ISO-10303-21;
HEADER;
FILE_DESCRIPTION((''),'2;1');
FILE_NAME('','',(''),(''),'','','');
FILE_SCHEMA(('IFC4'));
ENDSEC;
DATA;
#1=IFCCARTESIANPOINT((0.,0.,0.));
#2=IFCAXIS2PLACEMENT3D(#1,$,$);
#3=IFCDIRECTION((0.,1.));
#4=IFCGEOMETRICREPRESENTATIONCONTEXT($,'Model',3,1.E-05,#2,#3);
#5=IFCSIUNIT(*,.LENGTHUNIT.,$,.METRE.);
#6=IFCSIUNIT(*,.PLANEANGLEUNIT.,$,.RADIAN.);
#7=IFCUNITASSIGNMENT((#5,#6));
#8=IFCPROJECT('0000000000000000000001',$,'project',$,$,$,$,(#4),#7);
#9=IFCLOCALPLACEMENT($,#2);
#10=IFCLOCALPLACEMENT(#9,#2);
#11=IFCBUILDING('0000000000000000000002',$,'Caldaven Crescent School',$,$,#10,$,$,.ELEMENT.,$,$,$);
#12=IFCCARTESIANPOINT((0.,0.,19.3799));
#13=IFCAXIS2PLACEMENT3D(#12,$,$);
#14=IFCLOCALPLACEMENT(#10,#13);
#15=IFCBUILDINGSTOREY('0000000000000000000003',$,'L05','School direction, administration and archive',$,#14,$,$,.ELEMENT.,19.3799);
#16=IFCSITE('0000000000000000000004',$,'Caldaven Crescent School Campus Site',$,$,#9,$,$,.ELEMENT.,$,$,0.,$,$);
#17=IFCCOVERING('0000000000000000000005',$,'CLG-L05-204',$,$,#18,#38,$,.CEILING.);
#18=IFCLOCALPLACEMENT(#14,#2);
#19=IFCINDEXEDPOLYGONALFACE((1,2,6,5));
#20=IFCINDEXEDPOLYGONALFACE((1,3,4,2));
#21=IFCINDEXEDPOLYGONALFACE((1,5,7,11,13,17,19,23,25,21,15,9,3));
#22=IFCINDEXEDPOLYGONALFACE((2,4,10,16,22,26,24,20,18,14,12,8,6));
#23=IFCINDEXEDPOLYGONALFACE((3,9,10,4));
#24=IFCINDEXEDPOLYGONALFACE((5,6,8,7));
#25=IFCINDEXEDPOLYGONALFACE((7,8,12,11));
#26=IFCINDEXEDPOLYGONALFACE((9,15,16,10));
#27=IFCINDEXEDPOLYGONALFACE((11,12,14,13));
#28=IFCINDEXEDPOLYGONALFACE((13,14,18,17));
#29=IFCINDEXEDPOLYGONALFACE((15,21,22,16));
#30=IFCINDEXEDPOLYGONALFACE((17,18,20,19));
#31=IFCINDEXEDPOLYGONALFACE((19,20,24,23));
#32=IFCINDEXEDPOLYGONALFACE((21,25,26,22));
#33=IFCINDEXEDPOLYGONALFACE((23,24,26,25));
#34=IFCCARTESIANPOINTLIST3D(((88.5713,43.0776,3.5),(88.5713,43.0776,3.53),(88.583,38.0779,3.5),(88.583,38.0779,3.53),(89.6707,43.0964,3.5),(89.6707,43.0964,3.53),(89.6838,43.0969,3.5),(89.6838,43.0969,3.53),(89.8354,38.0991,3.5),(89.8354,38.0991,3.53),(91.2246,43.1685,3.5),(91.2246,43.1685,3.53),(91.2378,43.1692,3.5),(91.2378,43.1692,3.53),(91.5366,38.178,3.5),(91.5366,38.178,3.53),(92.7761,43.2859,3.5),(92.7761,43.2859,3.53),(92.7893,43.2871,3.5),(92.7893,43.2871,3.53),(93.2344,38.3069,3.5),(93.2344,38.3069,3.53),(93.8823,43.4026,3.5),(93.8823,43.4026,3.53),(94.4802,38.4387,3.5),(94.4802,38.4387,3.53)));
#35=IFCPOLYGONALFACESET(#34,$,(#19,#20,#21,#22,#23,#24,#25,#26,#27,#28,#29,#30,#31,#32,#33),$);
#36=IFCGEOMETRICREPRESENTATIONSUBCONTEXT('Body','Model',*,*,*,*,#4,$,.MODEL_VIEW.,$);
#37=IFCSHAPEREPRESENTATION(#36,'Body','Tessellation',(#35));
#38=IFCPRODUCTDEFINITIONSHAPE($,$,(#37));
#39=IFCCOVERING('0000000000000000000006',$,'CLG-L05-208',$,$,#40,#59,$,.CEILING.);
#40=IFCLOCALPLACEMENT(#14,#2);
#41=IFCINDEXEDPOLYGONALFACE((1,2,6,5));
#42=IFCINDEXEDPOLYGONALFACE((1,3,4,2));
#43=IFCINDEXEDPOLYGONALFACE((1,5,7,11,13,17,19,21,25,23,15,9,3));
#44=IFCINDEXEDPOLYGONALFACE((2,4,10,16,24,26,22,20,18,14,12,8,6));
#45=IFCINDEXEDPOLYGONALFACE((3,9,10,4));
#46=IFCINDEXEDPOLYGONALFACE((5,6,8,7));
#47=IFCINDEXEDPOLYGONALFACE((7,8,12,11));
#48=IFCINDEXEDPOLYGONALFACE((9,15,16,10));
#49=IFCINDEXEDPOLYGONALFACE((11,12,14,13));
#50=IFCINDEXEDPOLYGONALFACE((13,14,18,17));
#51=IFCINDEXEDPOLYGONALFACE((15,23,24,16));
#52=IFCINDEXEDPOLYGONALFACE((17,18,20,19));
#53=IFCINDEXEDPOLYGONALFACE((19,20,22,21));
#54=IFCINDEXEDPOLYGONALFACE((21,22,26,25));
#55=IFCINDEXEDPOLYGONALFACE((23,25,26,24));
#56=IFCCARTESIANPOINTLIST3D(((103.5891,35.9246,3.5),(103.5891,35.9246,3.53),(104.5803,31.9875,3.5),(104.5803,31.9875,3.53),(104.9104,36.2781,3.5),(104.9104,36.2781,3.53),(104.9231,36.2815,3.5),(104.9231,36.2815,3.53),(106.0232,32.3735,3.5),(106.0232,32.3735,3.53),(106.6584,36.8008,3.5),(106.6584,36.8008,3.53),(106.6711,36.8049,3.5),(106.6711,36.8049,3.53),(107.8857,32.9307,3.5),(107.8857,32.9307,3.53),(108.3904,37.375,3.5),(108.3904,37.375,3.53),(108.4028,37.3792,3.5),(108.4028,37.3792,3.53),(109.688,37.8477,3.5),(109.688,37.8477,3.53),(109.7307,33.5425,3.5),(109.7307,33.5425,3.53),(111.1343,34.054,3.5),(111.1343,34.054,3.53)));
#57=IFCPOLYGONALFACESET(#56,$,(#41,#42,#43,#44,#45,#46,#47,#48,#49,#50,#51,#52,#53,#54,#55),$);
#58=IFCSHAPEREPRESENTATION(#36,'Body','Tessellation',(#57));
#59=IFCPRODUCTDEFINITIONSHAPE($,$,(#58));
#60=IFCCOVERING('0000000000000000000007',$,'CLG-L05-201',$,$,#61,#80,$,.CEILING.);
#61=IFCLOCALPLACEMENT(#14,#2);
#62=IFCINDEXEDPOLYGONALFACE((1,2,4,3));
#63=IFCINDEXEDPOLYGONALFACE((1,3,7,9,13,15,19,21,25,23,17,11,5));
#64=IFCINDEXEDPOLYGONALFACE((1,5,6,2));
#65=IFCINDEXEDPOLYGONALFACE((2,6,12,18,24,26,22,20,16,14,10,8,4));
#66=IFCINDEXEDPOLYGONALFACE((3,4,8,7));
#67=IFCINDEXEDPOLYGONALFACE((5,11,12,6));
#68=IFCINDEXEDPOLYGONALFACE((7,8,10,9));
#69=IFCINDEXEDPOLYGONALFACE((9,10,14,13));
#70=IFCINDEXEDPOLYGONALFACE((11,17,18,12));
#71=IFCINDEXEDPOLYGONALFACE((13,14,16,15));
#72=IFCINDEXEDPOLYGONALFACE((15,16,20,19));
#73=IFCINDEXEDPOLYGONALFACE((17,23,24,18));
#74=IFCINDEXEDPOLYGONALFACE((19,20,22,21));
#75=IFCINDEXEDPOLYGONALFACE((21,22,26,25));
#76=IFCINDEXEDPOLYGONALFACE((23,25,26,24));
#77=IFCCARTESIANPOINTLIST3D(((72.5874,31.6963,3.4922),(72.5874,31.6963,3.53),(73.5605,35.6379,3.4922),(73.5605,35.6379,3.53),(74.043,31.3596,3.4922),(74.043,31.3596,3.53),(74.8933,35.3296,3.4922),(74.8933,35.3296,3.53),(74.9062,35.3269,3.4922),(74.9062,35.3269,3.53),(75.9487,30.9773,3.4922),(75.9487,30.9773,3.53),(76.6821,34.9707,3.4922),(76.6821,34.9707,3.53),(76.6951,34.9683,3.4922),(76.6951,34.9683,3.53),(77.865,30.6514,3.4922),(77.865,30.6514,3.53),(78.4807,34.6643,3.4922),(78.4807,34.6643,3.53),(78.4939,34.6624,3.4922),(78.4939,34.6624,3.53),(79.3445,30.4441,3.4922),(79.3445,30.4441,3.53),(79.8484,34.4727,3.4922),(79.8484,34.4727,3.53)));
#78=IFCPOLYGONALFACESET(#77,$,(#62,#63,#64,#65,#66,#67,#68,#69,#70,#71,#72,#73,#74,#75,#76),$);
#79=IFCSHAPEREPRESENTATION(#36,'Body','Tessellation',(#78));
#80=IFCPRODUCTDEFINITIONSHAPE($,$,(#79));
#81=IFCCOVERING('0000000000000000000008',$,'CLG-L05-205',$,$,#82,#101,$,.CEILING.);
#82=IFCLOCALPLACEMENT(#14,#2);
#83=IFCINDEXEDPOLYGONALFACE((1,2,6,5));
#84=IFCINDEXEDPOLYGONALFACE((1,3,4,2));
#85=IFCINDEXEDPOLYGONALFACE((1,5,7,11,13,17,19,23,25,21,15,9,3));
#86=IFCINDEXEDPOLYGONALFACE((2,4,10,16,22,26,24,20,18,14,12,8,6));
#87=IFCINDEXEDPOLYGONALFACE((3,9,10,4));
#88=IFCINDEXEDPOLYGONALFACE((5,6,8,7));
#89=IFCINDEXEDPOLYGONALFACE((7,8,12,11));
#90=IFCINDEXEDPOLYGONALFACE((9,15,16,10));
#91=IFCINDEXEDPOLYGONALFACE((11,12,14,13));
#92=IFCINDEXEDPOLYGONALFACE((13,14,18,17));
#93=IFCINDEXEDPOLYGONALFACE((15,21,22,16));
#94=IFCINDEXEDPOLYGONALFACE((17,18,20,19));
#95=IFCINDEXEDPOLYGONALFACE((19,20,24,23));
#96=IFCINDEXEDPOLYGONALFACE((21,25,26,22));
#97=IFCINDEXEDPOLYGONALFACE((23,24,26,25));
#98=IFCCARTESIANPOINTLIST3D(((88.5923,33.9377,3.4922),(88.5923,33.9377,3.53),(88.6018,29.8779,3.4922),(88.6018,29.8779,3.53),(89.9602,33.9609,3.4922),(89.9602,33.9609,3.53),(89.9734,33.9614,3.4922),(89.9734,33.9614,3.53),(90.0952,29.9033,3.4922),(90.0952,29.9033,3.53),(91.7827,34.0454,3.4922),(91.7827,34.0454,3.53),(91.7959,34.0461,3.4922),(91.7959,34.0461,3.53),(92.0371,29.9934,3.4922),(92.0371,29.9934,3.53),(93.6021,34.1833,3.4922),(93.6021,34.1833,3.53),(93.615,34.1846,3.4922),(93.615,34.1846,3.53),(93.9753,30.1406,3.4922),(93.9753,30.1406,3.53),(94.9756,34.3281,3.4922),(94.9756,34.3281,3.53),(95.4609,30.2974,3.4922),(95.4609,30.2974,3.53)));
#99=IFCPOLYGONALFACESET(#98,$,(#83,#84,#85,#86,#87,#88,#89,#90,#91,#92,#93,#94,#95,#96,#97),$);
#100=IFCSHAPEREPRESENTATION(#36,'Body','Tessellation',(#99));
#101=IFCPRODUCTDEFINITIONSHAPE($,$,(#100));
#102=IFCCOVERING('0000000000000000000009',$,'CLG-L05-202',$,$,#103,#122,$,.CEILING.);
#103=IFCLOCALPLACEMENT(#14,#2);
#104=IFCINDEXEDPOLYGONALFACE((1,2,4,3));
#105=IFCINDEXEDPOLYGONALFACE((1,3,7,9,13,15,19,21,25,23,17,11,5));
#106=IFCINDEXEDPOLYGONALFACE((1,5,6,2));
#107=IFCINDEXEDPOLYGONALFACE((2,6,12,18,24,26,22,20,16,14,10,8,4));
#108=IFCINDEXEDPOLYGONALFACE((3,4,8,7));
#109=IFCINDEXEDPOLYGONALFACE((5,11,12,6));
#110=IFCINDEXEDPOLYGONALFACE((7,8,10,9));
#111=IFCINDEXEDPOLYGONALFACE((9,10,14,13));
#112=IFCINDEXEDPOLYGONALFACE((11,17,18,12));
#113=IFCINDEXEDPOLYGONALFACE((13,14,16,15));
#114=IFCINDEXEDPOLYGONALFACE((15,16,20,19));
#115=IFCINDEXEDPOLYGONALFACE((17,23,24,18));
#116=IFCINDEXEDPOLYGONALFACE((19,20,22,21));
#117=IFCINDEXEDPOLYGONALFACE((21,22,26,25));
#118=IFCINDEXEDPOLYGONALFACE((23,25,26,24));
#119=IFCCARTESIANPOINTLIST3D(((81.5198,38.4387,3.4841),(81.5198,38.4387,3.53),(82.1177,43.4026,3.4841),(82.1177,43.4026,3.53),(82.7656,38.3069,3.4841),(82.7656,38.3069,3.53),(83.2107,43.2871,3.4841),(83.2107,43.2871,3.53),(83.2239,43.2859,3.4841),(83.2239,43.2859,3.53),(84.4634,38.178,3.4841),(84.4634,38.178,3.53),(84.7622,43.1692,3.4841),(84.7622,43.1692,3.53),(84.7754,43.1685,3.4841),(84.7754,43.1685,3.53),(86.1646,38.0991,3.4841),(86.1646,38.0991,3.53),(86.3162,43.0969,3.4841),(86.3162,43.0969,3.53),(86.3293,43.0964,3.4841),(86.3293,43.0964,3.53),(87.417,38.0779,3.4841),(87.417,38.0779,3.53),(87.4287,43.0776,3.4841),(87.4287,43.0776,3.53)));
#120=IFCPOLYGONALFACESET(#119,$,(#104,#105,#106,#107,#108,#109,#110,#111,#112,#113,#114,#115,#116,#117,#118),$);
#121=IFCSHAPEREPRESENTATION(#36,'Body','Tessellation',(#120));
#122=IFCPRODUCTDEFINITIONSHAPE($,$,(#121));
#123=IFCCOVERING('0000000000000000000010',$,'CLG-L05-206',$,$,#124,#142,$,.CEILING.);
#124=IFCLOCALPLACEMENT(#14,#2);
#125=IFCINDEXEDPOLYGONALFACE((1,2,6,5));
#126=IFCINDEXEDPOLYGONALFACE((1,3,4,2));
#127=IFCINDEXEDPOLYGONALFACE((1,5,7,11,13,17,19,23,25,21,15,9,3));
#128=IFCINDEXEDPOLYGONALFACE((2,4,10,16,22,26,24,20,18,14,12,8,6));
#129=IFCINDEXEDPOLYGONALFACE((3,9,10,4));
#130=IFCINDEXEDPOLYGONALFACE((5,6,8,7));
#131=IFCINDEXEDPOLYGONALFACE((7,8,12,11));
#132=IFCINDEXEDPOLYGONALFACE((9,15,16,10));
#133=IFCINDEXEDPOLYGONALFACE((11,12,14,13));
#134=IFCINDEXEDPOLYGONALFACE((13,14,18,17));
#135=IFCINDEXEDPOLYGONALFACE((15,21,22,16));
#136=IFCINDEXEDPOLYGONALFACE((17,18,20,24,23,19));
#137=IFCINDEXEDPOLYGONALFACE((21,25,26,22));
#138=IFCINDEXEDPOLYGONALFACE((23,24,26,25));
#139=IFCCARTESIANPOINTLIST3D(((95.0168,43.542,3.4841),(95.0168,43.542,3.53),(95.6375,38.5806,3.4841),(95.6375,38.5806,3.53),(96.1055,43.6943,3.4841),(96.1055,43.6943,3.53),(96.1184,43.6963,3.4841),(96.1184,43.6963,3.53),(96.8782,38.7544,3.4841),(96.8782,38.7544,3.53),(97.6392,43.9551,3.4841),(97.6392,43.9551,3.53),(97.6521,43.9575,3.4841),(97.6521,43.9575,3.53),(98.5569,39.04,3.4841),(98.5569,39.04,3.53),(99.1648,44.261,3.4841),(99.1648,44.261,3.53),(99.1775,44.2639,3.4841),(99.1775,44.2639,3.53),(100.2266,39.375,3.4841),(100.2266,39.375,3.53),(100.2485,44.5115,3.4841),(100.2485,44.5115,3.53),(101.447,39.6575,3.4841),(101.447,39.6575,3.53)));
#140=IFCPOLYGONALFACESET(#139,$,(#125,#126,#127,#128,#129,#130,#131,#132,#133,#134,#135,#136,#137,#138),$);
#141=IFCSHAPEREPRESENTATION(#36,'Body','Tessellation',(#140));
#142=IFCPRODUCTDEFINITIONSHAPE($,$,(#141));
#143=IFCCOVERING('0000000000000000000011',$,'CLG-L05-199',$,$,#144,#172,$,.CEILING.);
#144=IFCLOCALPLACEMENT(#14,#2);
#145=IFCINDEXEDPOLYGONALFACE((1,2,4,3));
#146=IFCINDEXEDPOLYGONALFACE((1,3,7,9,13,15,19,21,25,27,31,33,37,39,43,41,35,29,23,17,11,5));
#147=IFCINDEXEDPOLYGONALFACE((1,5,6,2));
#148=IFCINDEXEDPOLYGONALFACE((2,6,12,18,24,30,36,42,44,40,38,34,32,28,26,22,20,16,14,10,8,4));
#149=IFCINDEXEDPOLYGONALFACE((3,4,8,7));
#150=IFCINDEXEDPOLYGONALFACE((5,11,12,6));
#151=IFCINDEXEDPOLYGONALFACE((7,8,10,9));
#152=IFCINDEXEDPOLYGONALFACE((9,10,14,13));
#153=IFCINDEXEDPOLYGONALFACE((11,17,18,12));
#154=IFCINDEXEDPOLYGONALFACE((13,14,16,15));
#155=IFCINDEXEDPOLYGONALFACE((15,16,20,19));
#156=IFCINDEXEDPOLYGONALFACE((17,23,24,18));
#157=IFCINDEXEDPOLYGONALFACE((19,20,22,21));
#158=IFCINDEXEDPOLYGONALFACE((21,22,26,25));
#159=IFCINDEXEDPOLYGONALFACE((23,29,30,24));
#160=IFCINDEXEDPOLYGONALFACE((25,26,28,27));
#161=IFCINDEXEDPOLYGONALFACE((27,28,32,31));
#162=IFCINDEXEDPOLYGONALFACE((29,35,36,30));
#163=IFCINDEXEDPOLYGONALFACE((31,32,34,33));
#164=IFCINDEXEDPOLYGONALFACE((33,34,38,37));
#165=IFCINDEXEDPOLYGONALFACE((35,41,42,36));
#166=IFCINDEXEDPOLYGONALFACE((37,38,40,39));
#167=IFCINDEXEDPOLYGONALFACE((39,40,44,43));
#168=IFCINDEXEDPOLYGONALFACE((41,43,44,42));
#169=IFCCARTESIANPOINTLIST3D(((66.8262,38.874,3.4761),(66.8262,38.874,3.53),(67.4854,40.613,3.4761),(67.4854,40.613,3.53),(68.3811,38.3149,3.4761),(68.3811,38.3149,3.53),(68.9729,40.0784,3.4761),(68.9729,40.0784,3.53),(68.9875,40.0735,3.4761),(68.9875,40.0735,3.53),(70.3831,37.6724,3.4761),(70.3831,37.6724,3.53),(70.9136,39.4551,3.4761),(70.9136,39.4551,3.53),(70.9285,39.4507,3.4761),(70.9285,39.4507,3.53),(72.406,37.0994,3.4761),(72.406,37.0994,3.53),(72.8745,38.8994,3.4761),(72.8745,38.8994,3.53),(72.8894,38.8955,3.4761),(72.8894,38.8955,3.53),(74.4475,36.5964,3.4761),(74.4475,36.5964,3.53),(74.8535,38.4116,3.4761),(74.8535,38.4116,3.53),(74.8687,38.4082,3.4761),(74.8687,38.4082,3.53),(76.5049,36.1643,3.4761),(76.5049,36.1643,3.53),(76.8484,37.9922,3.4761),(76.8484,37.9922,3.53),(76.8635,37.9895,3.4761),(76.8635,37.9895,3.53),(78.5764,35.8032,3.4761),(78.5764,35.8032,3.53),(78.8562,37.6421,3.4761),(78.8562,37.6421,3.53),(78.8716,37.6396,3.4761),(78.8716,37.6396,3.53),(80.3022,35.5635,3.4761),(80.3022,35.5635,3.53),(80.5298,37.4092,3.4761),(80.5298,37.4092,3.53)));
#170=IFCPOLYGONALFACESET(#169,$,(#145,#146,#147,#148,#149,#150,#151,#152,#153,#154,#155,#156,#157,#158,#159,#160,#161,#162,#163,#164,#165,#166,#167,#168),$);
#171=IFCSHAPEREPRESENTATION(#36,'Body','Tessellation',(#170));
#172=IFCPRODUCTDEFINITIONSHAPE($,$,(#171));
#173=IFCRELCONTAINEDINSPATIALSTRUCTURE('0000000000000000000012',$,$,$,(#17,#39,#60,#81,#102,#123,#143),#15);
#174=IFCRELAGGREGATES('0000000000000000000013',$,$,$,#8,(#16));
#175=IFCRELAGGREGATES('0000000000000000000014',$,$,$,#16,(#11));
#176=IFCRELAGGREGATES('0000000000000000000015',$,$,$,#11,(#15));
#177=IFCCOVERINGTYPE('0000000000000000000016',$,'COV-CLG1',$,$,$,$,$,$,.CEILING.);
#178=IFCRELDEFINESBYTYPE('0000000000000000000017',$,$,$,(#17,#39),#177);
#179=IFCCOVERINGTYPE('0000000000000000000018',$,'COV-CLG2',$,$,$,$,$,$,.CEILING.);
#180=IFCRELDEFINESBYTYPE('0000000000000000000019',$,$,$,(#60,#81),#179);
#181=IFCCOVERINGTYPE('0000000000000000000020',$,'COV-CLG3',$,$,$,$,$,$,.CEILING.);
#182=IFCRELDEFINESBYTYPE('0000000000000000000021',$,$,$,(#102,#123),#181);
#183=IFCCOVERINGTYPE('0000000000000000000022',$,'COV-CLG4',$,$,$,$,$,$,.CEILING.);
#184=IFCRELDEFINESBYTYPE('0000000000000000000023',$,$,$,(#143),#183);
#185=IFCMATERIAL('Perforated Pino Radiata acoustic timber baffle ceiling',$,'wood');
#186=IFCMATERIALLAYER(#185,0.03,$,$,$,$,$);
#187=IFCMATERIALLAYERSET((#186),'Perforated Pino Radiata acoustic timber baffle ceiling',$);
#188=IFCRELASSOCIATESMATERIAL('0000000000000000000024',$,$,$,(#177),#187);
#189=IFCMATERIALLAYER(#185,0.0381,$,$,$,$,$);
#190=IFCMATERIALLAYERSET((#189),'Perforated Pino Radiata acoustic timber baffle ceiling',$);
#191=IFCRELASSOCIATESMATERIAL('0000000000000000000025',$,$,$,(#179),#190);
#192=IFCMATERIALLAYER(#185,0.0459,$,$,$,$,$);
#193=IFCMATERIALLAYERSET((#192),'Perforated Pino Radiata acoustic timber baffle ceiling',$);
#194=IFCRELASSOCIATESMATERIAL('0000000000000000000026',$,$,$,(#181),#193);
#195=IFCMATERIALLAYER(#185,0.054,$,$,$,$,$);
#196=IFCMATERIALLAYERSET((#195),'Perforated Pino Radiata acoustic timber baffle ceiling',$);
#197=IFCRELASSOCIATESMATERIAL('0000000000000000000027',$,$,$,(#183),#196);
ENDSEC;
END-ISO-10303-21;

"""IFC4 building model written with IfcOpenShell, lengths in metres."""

from ifc_helpers import new_model, si_unit, direction, frame, origin, place, context, subcontext, project, spatial, polyline, outline, extrude, material, layer, layer_set, type_object, element, save


model = new_model("IFC4")

# Units and contexts
model_context = context("Model", 3, precision=1e-05, world=origin(), true_north=direction((0.0, 1.0)))
body_context = subcontext(model_context, "Body", "Model", "MODEL_VIEW")
ifc_project = project(units=[si_unit("LENGTHUNIT", "METRE"), si_unit("PLANEANGLEUNIT", "RADIAN")], contexts=[model_context])

# Site, building, storey
site_placement = place(None, origin())
site = spatial("IfcSite", under=ifc_project, at=site_placement, Name="Caldaven Crescent School Campus Site", CompositionType="ELEMENT", RefElevation=0.0)
building_placement = place(site_placement, origin())
building = spatial("IfcBuilding", under=site, at=building_placement, Name="Caldaven Crescent School", CompositionType="ELEMENT")
storey_placement = place(building_placement, frame((0.0, 0.0, 19.3799)))
storey = spatial("IfcBuildingStorey", under=building, at=storey_placement, Name="L05", Description="School direction, administration and archive", CompositionType="ELEMENT", Elevation=19.3799)

# Coverings
ifc_material_1 = material(Name="Perforated Pino Radiata acoustic timber baffle ceiling", Category="wood")
ifc_layer_1 = layer(ifc_material_1, 0.03)
ifc_layer_set_1 = layer_set([ifc_layer_1], Name="Perforated Pino Radiata acoustic timber baffle ceiling")
covering_type_1 = type_object("IfcCoveringType", Name="COV-CLG1", PredefinedType="CEILING", material=ifc_layer_set_1)
covering_1_placement = place(storey_placement, frame((0.0, 0.0, 3.5)))
element("IfcCovering", 1, at=covering_1_placement, inside=storey, type_object=covering_type_1, Name="CLG-L05-204", PredefinedType="CEILING", context=body_context, shape_type="SweptSolid", body=[
    extrude(outline(polyline([(89.6707, 43.0964), (89.6838, 43.0969), (91.2246, 43.1685), (91.2378, 43.1692), (92.7761, 43.2859), (92.7893, 43.2871), (93.8823, 43.4026), (94.4802, 38.4387), (93.2344, 38.3069), (91.5366, 38.178), (89.8354, 38.0991), (88.583, 38.0779), (88.5713, 43.0776), (89.6707, 43.0964)])), origin(), (0.0, 0.0, 1.0), 0.03),
])
covering_2_placement = place(storey_placement, frame((0.0, 0.0, 3.5)))
element("IfcCovering", 2, at=covering_2_placement, inside=storey, type_object=covering_type_1, Name="CLG-L05-208", PredefinedType="CEILING", context=body_context, shape_type="SweptSolid", body=[
    extrude(outline(polyline([(104.9104, 36.2781), (104.9231, 36.2815), (106.6584, 36.8008), (106.6711, 36.8049), (108.3904, 37.375), (108.4028, 37.3792), (109.688, 37.8477), (111.1343, 34.054), (109.7307, 33.5425), (107.8857, 32.9307), (106.0232, 32.3735), (104.5803, 31.9875), (103.5891, 35.9246), (104.9104, 36.2781)])), origin(), (0.0, 0.0, 1.0), 0.03),
])
ifc_layer_2 = layer(ifc_material_1, 0.0381)
ifc_layer_set_2 = layer_set([ifc_layer_2], Name="Perforated Pino Radiata acoustic timber baffle ceiling")
covering_type_2 = type_object("IfcCoveringType", Name="COV-CLG2", PredefinedType="CEILING", material=ifc_layer_set_2)
covering_3_placement = place(storey_placement, frame((0.0, 0.0, 3.4922)))
element("IfcCovering", 3, at=covering_3_placement, inside=storey, type_object=covering_type_2, Name="CLG-L05-201", PredefinedType="CEILING", context=body_context, shape_type="SweptSolid", body=[
    extrude(outline(polyline([(74.8933, 35.3296), (74.9062, 35.3269), (76.6821, 34.9707), (76.6951, 34.9683), (78.4807, 34.6643), (78.4939, 34.6624), (79.8484, 34.4727), (79.3445, 30.4441), (77.865, 30.6514), (75.9487, 30.9773), (74.043, 31.3596), (72.5874, 31.6963), (73.5605, 35.6379), (74.8933, 35.3296)])), origin(), (0.0, 0.0, 1.0), 0.0378),
])
covering_4_placement = place(storey_placement, frame((0.0, 0.0, 3.4922)))
element("IfcCovering", 4, at=covering_4_placement, inside=storey, type_object=covering_type_2, Name="CLG-L05-205", PredefinedType="CEILING", context=body_context, shape_type="SweptSolid", body=[
    extrude(outline(polyline([(89.9602, 33.9609), (89.9734, 33.9614), (91.7827, 34.0454), (91.7959, 34.0461), (93.6021, 34.1833), (93.615, 34.1846), (94.9756, 34.3281), (95.4609, 30.2974), (93.9753, 30.1406), (92.0371, 29.9934), (90.0952, 29.9033), (88.6018, 29.8779), (88.5923, 33.9377), (89.9602, 33.9609)])), origin(), (0.0, 0.0, 1.0), 0.0378),
])
ifc_layer_3 = layer(ifc_material_1, 0.0459)
ifc_layer_set_3 = layer_set([ifc_layer_3], Name="Perforated Pino Radiata acoustic timber baffle ceiling")
covering_type_3 = type_object("IfcCoveringType", Name="COV-CLG3", PredefinedType="CEILING", material=ifc_layer_set_3)
covering_5_placement = place(storey_placement, frame((0.0, 0.0, 3.4841)))
element("IfcCovering", 5, at=covering_5_placement, inside=storey, type_object=covering_type_3, Name="CLG-L05-202", PredefinedType="CEILING", context=body_context, shape_type="SweptSolid", body=[
    extrude(outline(polyline([(83.2107, 43.2871), (83.2239, 43.2859), (84.7622, 43.1692), (84.7754, 43.1685), (86.3162, 43.0969), (86.3293, 43.0964), (87.4287, 43.0776), (87.417, 38.0779), (86.1646, 38.0991), (84.4634, 38.178), (82.7656, 38.3069), (81.5198, 38.4387), (82.1177, 43.4026), (83.2107, 43.2871)])), origin(), (0.0, 0.0, 1.0), 0.0459),
])
covering_6_placement = place(storey_placement, frame((0.0, 0.0, 3.4841)))
element("IfcCovering", 6, at=covering_6_placement, inside=storey, type_object=covering_type_3, Name="CLG-L05-206", PredefinedType="CEILING", context=body_context, shape_type="SweptSolid", body=[
    extrude(outline(polyline([(96.1055, 43.6943), (96.1184, 43.6963), (97.6392, 43.9551), (97.6521, 43.9575), (99.1648, 44.261), (99.1775, 44.2639), (100.2485, 44.5115), (101.447, 39.6575), (100.2266, 39.375), (98.5569, 39.04), (96.8782, 38.7544), (95.6375, 38.5806), (95.0168, 43.542), (96.1055, 43.6943)])), origin(), (0.0, 0.0, 1.0), 0.0459),
])
ifc_layer_4 = layer(ifc_material_1, 0.054)
ifc_layer_set_4 = layer_set([ifc_layer_4], Name="Perforated Pino Radiata acoustic timber baffle ceiling")
covering_type_4 = type_object("IfcCoveringType", Name="COV-CLG4", PredefinedType="CEILING", material=ifc_layer_set_4)
covering_7_placement = place(storey_placement, frame((0.0, 0.0, 3.4761)))
element("IfcCovering", 7, at=covering_7_placement, inside=storey, type_object=covering_type_4, Name="CLG-L05-199", PredefinedType="CEILING", context=body_context, shape_type="SweptSolid", body=[
    extrude(outline(polyline([(68.9729, 40.0784), (68.9875, 40.0735), (70.9136, 39.4551), (70.9285, 39.4507), (72.8745, 38.8994), (72.8894, 38.8955), (74.8535, 38.4116), (74.8687, 38.4082), (76.8484, 37.9922), (76.8635, 37.9895), (78.8562, 37.6421), (78.8716, 37.6396), (80.5298, 37.4092), (80.3022, 35.5635), (78.5764, 35.8032), (76.5049, 36.1643), (74.4475, 36.5964), (72.406, 37.0994), (70.3831, 37.6724), (68.3811, 38.3149), (66.8262, 38.874), (67.4854, 40.613), (68.9729, 40.0784)])), origin(), (0.0, 0.0, 1.0), 0.054),
])

save(model, "model.ifc")
